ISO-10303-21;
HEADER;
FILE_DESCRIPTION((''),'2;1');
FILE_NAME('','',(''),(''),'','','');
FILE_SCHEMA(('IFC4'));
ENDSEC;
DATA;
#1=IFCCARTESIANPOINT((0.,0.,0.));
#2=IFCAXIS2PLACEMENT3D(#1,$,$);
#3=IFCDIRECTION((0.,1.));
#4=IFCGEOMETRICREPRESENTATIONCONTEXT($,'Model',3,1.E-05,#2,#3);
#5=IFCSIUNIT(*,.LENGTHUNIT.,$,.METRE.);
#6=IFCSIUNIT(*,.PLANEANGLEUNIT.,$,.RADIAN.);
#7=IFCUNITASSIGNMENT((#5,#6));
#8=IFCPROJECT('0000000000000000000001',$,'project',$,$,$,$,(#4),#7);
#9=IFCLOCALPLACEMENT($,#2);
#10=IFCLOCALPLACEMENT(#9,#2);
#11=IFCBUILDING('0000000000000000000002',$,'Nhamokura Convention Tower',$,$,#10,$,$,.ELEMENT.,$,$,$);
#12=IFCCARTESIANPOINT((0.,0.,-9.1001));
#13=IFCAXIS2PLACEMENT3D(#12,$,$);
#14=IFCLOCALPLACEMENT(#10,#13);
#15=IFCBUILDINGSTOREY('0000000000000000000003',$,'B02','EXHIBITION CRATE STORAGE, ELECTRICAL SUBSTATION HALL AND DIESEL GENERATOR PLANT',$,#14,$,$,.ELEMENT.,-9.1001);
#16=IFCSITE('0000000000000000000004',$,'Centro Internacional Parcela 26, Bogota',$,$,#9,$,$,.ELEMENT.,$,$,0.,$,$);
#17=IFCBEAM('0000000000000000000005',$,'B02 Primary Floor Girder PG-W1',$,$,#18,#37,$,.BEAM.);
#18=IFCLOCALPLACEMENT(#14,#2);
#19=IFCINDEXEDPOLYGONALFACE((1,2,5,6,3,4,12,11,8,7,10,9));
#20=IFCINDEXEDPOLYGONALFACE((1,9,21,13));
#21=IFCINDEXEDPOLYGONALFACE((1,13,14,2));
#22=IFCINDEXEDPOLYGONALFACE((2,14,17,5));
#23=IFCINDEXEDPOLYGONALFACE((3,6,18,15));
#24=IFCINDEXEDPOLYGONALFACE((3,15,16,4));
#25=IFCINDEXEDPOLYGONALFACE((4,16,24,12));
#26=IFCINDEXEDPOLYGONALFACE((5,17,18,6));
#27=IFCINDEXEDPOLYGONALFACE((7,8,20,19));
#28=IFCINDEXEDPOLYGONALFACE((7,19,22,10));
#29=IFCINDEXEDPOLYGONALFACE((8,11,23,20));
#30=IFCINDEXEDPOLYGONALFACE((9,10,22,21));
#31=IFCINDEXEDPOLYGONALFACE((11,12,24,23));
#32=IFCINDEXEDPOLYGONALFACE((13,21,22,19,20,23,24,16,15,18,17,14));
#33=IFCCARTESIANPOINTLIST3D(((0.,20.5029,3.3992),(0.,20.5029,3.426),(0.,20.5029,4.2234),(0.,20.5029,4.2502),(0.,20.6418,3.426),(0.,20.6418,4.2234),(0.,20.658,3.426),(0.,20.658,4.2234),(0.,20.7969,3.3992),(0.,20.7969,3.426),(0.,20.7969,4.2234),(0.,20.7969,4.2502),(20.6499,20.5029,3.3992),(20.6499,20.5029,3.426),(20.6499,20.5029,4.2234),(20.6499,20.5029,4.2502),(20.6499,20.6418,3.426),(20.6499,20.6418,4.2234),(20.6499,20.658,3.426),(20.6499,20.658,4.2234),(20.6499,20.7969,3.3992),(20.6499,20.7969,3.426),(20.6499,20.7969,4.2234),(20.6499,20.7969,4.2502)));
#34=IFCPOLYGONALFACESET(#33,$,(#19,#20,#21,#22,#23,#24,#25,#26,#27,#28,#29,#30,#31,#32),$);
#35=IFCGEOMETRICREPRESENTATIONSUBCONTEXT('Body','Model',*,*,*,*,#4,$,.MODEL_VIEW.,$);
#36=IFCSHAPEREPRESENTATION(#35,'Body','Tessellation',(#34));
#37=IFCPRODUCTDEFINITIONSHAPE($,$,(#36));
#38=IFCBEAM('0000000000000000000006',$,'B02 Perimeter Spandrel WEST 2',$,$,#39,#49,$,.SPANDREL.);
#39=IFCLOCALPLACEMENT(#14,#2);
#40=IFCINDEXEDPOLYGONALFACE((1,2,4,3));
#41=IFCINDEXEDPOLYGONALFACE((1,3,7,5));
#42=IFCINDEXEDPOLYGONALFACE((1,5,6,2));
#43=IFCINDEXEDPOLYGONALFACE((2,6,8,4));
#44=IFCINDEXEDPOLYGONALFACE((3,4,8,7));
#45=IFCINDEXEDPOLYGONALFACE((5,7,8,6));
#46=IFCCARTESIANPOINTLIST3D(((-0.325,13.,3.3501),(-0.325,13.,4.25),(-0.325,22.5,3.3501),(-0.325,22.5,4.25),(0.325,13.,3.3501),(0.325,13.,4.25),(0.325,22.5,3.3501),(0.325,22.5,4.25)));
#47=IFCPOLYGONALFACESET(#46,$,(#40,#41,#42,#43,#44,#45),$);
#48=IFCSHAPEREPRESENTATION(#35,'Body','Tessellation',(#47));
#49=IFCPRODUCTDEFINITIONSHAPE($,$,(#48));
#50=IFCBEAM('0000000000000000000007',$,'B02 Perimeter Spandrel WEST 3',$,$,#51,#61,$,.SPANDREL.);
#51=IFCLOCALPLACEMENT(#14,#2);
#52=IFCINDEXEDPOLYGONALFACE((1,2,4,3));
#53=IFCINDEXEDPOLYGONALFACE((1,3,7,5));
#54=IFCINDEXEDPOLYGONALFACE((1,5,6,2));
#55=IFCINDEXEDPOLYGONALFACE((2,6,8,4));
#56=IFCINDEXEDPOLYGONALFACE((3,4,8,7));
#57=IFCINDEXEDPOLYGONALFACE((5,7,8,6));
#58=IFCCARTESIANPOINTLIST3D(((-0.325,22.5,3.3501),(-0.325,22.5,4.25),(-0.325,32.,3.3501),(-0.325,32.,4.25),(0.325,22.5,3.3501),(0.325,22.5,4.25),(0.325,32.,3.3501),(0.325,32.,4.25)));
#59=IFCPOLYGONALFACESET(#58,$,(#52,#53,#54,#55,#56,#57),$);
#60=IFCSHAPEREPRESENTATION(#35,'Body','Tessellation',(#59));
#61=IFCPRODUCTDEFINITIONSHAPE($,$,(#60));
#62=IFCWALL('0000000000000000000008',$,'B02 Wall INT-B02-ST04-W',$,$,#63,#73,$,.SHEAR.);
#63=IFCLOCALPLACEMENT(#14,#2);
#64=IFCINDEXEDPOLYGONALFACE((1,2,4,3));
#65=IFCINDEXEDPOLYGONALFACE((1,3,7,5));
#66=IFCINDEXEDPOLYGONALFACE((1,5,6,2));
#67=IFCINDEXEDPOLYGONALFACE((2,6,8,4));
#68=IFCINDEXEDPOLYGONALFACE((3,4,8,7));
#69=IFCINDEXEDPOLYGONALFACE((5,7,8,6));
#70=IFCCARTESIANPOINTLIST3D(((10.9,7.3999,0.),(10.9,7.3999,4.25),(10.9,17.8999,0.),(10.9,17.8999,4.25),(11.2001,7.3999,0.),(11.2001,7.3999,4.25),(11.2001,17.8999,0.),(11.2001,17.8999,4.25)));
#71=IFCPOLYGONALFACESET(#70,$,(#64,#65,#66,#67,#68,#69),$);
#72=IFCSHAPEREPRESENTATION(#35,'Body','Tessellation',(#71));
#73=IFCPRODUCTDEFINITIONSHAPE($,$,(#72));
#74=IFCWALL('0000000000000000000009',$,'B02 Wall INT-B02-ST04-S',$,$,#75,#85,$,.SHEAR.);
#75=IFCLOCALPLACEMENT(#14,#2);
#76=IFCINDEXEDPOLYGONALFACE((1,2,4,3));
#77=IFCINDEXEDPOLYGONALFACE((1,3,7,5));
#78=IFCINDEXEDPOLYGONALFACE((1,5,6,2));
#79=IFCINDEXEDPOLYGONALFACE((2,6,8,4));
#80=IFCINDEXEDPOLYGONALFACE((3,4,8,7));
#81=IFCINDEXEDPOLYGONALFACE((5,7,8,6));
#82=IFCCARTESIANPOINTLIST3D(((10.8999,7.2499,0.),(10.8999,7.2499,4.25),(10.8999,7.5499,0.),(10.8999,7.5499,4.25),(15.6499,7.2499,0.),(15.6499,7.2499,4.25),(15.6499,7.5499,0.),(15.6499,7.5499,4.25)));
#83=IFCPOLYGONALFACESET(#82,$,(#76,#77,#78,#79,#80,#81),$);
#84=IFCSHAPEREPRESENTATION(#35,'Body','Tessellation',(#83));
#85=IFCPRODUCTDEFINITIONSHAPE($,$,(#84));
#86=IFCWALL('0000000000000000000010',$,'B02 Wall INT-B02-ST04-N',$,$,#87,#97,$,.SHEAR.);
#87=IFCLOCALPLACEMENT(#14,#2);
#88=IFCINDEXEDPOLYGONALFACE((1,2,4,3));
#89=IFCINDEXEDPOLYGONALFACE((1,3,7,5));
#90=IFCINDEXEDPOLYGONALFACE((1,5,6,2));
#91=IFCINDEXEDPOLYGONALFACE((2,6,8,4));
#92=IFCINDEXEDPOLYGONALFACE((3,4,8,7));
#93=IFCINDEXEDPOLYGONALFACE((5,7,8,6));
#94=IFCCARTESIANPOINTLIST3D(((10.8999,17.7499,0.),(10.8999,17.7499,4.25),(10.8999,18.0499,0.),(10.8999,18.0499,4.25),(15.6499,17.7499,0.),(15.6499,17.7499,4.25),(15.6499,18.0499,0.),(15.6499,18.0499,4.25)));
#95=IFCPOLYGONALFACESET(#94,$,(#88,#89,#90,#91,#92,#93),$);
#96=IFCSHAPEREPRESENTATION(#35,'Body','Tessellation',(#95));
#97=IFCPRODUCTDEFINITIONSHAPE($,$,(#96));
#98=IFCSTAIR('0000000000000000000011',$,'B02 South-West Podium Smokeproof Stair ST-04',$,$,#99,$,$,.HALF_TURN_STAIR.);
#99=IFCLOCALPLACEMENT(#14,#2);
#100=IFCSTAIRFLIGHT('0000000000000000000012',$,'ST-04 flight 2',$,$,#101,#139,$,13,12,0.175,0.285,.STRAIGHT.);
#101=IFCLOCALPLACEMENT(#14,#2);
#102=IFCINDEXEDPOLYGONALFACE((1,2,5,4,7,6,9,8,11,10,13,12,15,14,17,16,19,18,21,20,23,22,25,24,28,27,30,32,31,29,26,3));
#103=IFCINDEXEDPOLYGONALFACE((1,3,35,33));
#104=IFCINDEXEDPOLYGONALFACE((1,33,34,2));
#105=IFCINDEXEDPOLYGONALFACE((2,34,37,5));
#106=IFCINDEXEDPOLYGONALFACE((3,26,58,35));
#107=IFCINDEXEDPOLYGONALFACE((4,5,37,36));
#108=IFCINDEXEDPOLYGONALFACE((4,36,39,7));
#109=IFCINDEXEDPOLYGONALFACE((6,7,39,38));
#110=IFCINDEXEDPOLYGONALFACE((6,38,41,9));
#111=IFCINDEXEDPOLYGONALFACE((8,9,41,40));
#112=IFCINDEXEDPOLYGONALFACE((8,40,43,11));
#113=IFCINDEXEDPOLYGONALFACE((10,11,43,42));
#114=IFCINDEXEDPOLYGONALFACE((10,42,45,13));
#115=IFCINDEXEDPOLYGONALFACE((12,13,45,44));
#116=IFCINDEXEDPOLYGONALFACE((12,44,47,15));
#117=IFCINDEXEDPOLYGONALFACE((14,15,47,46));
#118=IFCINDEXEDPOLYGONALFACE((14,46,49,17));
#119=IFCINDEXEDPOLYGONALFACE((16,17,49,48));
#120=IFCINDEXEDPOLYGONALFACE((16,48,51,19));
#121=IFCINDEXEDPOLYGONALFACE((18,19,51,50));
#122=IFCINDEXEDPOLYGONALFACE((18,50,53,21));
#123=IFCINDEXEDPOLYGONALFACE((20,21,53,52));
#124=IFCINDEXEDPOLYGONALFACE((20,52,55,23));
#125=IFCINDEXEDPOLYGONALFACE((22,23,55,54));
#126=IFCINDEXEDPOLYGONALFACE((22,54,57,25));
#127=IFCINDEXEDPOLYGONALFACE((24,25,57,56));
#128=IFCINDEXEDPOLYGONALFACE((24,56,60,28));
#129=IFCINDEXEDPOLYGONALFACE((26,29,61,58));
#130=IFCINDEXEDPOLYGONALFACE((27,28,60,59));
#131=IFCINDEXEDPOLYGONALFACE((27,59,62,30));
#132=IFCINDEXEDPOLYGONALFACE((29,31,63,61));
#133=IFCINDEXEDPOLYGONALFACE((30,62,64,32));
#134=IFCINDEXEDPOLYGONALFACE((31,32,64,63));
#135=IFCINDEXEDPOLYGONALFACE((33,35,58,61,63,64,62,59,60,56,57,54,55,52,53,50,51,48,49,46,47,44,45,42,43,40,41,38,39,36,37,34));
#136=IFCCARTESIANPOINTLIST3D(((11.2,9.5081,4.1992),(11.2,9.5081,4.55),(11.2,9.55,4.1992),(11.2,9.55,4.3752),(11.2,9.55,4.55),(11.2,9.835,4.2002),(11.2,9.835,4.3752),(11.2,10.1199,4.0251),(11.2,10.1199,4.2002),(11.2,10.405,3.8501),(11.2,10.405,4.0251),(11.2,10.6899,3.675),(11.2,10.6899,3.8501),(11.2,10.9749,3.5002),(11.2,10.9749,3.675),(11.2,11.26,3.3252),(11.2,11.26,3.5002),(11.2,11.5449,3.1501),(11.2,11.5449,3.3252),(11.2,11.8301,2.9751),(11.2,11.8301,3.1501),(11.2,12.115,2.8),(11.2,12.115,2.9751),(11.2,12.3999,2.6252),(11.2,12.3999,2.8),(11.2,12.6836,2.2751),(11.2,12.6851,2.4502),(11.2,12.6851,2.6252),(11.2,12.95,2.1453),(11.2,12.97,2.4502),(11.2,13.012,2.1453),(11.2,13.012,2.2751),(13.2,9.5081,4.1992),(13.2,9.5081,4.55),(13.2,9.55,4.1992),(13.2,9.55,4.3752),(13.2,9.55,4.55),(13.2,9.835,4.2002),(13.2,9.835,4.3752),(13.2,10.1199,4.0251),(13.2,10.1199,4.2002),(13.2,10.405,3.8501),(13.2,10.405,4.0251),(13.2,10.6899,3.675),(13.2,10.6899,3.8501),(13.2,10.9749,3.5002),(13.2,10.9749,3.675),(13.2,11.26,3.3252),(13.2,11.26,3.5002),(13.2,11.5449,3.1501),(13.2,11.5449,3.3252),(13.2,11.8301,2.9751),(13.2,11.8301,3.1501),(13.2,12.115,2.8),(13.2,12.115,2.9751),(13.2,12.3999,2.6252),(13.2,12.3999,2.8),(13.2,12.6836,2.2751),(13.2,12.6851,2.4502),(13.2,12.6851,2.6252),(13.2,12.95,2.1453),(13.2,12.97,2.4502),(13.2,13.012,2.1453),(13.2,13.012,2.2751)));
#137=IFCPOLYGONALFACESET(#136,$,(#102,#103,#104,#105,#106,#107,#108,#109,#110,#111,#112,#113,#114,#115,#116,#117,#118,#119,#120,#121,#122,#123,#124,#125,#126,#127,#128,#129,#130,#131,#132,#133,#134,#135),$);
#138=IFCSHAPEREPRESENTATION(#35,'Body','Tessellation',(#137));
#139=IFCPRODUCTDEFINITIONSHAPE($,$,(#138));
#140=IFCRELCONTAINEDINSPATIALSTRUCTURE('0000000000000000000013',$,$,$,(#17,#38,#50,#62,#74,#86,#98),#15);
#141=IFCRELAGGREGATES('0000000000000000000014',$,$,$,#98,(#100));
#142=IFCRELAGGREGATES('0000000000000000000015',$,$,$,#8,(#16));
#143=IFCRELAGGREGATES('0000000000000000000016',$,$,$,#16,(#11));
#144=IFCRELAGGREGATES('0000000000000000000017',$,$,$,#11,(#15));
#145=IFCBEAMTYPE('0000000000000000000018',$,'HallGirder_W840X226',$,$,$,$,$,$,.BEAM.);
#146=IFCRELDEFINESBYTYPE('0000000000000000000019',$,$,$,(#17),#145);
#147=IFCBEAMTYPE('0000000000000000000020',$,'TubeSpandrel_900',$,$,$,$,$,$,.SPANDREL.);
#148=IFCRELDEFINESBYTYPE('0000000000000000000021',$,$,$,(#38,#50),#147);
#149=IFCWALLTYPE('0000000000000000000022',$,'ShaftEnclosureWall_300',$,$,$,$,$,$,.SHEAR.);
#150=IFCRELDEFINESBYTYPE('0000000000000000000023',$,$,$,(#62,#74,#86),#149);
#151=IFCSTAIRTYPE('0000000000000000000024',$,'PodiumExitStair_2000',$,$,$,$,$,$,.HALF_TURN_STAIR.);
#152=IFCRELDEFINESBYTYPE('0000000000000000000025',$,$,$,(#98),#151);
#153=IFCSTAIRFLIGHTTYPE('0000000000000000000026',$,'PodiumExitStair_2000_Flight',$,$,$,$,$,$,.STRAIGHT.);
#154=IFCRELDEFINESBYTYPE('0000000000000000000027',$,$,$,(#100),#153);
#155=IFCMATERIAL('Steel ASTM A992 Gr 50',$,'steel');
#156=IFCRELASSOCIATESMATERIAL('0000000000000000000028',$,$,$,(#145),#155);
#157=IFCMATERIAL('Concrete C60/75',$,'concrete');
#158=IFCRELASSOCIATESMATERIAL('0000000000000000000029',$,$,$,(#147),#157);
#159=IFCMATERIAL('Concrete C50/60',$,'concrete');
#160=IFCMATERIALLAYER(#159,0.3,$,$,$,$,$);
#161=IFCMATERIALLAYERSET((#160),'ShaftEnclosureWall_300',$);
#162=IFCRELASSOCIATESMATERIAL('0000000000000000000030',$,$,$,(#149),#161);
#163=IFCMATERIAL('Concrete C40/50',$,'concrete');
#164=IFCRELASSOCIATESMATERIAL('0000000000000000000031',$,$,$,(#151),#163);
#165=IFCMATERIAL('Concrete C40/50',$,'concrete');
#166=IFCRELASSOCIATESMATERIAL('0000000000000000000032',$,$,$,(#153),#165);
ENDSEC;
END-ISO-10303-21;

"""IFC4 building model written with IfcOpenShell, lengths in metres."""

from ifc_helpers import new_model, si_unit, direction, frame, frame_2d, origin, origin_2d, place, context, subcontext, project, spatial, polyline, rectangle, i_section, outline, extrude, material, layer, layer_set, material_profile, profile_set, type_object, element, aggregate, save


model = new_model("IFC4")

# Units and contexts
model_context = context("Model", 3, precision=1e-05, world=origin(), true_north=direction((0.0, 1.0)))
body_context = subcontext(model_context, "Body", "Model", "MODEL_VIEW")
ifc_project = project(units=[si_unit("LENGTHUNIT", "METRE"), si_unit("PLANEANGLEUNIT", "RADIAN")], contexts=[model_context])

# Site, building, storey
site_placement = place(None, origin())
site = spatial("IfcSite", under=ifc_project, at=site_placement, Name="Centro Internacional Parcela 26, Bogota", CompositionType="ELEMENT", RefElevation=0.0)
building_placement = place(site_placement, origin())
building = spatial("IfcBuilding", under=site, at=building_placement, Name="Nhamokura Convention Tower", CompositionType="ELEMENT")
storey_placement = place(building_placement, frame((0.0, 0.0, -9.1001)))
storey = spatial("IfcBuildingStorey", under=building, at=storey_placement, Name="B02", Description="EXHIBITION CRATE STORAGE, ELECTRICAL SUBSTATION HALL AND DIESEL GENERATOR PLANT", CompositionType="ELEMENT", Elevation=-9.1001)

# Beams
ifc_material_1 = material(Name="Steel ASTM A992 Gr 50", Category="steel")
ifc_material_profile_1 = material_profile(ifc_material_1, i_section(OverallWidth=0.2939, OverallDepth=0.8511, WebThickness=0.0161, FlangeThickness=0.0269, at=origin_2d()))
ifc_profile_set_1 = profile_set([ifc_material_profile_1], Name="Steel ASTM A992 Gr 50")
beam_type_1 = type_object("IfcBeamType", Name="HallGirder_W840X226", PredefinedType="BEAM", material=ifc_profile_set_1)
beam_1_placement = place(storey_placement, frame((0.0, 20.6499, 3.8247), z_axis=(1.0, 0.0, 0.0), x_axis=(0.0, 1.0, 0.0)))
element("IfcBeam", 1, at=beam_1_placement, inside=storey, type_object=beam_type_1, Name="B02 Primary Floor Girder PG-W1", PredefinedType="BEAM", context=body_context, shape_type="SweptSolid", body=[
    extrude(i_section(OverallWidth=0.2939, OverallDepth=0.8511, WebThickness=0.0161, FlangeThickness=0.0269, at=origin_2d()), origin(), (0.0, 0.0, 1.0), 20.6499),
])
ifc_material_2 = material(Name="Concrete C60/75", Category="concrete")
ifc_material_profile_2 = material_profile(ifc_material_2, rectangle(XDim=0.6499, YDim=0.8999, at=origin_2d()))
ifc_profile_set_2 = profile_set([ifc_material_profile_2], Name="Concrete C60/75")
beam_type_2 = type_object("IfcBeamType", Name="TubeSpandrel_900", PredefinedType="SPANDREL", material=ifc_profile_set_2)
for number, where, z_axis, x_axis, name in (
    (2, (0.0, 13.0, 3.8), (0.0, 1.0, 0.0), (-1.0, 0.0, 0.0), "B02 Perimeter Spandrel WEST 2"),
    (3, (0.0, 22.5, 3.8), (0.0, 1.0, 0.0), (-1.0, 0.0, 0.0), "B02 Perimeter Spandrel WEST 3"),
):
    element("IfcBeam", number, at=place(storey_placement, frame(where, z_axis=z_axis, x_axis=x_axis)), inside=storey, type_object=beam_type_2, Name=name, PredefinedType="SPANDREL", context=body_context, shape_type="SweptSolid", body=[
        extrude(rectangle(XDim=0.6499, YDim=0.8999, at=origin_2d()), origin(), (0.0, 0.0, 1.0), 9.5),
    ])

# Walls
ifc_material_3 = material(Name="Concrete C50/60", Category="concrete")
ifc_layer = layer(ifc_material_3, 0.3)
ifc_layer_set = layer_set([ifc_layer], Name="ShaftEnclosureWall_300")
wall_type = type_object("IfcWallType", Name="ShaftEnclosureWall_300", PredefinedType="SHEAR", material=ifc_layer_set)
wall_placement = place(storey_placement, frame((11.05, 7.3999, 0.0), z_axis=(0.0, 0.0, 1.0), x_axis=(0.0, 1.0, 0.0)))
element("IfcWall", 4, at=wall_placement, inside=storey, type_object=wall_type, Name="B02 Wall INT-B02-ST04-W", PredefinedType="SHEAR", context=body_context, shape_type="SweptSolid", body=[
    extrude(rectangle(XDim=10.5, YDim=0.3, at=frame_2d((5.25, 0.0))), origin(), (0.0, 0.0, 1.0), 4.25),
])
for number, where, z_axis, x_axis, name in (
    (5, (10.8999, 7.3999, 0.0), (0.0, 0.0, 1.0), (1.0, 0.0, 0.0), "B02 Wall INT-B02-ST04-S"),
    (6, (10.8999, 17.8999, 0.0), (0.0, 0.0, 1.0), (1.0, 0.0, 0.0), "B02 Wall INT-B02-ST04-N"),
):
    element("IfcWall", number, at=place(storey_placement, frame(where, z_axis=z_axis, x_axis=x_axis)), inside=storey, type_object=wall_type, Name=name, PredefinedType="SHEAR", context=body_context, shape_type="SweptSolid", body=[
        extrude(rectangle(XDim=4.75, YDim=0.3, at=frame_2d((2.375, 0.0))), origin(), (0.0, 0.0, 1.0), 4.25),
    ])

# Stair, stair flight
ifc_material_4 = material(Name="Concrete C40/50", Category="concrete")
stair_type = type_object("IfcStairType", Name="PodiumExitStair_2000", PredefinedType="HALF_TURN_STAIR", material=ifc_material_4)
stair_placement = place(storey_placement, origin())
stair = element("IfcStair", 7, at=stair_placement, inside=storey, type_object=stair_type, Name="B02 South-West Podium Smokeproof Stair ST-04", PredefinedType="HALF_TURN_STAIR")
ifc_material_5 = material(Name="Concrete C40/50", Category="concrete")
stair_flight_type = type_object("IfcStairFlightType", Name="PodiumExitStair_2000_Flight", PredefinedType="STRAIGHT", material=ifc_material_5)
stair_flight_placement = place(storey_placement, frame((12.2, 12.97, 2.2751), z_axis=(0.0, 0.0, 1.0), x_axis=(0.0, -1.0, 0.0)))
stair_flight = element("IfcStairFlight", 8, at=stair_flight_placement, type_object=stair_flight_type, Name="ST-04 flight 2", NumberOfRisers=13, NumberOfTreads=12, PredefinedType="STRAIGHT", RiserHeight=0.175, TreadLength=0.285, context=body_context, shape_type="SweptSolid", body=[
    extrude(outline(polyline([(-0.042, 0.0), (0.0, 0.175), (0.2849, 0.175), (0.2849, 0.3501), (0.5701, 0.3501), (0.5701, 0.5249), (0.855, 0.5249), (0.855, 0.7), (1.1399, 0.7), (1.1399, 0.875), (1.425, 0.875), (1.425, 1.05), (1.71, 1.05), (1.71, 1.2251), (1.9951, 1.2251), (1.9951, 1.3999), (2.28, 1.3999), (2.28, 1.575), (2.5649, 1.575), (2.5649, 1.75), (2.8501, 1.75), (2.8501, 1.925), (3.135, 1.925), (3.135, 2.1001), (3.4199, 2.1001), (3.4199, 2.2749), (3.4619, 2.2749), (3.4619, 1.9241), (3.4199, 1.9241), (0.2864, 0.0), (0.02, -0.1299), (-0.042, -0.1299), (-0.042, 0.0)])), frame((0.0, 1.0, 0.0), z_axis=(0.0, -1.0, 0.0), x_axis=(1.0, 0.0, 0.0)), (0.0, 0.0, 1.0), 2.0),
])
aggregate(stair, [stair_flight])

save(model, "model.ifc")
